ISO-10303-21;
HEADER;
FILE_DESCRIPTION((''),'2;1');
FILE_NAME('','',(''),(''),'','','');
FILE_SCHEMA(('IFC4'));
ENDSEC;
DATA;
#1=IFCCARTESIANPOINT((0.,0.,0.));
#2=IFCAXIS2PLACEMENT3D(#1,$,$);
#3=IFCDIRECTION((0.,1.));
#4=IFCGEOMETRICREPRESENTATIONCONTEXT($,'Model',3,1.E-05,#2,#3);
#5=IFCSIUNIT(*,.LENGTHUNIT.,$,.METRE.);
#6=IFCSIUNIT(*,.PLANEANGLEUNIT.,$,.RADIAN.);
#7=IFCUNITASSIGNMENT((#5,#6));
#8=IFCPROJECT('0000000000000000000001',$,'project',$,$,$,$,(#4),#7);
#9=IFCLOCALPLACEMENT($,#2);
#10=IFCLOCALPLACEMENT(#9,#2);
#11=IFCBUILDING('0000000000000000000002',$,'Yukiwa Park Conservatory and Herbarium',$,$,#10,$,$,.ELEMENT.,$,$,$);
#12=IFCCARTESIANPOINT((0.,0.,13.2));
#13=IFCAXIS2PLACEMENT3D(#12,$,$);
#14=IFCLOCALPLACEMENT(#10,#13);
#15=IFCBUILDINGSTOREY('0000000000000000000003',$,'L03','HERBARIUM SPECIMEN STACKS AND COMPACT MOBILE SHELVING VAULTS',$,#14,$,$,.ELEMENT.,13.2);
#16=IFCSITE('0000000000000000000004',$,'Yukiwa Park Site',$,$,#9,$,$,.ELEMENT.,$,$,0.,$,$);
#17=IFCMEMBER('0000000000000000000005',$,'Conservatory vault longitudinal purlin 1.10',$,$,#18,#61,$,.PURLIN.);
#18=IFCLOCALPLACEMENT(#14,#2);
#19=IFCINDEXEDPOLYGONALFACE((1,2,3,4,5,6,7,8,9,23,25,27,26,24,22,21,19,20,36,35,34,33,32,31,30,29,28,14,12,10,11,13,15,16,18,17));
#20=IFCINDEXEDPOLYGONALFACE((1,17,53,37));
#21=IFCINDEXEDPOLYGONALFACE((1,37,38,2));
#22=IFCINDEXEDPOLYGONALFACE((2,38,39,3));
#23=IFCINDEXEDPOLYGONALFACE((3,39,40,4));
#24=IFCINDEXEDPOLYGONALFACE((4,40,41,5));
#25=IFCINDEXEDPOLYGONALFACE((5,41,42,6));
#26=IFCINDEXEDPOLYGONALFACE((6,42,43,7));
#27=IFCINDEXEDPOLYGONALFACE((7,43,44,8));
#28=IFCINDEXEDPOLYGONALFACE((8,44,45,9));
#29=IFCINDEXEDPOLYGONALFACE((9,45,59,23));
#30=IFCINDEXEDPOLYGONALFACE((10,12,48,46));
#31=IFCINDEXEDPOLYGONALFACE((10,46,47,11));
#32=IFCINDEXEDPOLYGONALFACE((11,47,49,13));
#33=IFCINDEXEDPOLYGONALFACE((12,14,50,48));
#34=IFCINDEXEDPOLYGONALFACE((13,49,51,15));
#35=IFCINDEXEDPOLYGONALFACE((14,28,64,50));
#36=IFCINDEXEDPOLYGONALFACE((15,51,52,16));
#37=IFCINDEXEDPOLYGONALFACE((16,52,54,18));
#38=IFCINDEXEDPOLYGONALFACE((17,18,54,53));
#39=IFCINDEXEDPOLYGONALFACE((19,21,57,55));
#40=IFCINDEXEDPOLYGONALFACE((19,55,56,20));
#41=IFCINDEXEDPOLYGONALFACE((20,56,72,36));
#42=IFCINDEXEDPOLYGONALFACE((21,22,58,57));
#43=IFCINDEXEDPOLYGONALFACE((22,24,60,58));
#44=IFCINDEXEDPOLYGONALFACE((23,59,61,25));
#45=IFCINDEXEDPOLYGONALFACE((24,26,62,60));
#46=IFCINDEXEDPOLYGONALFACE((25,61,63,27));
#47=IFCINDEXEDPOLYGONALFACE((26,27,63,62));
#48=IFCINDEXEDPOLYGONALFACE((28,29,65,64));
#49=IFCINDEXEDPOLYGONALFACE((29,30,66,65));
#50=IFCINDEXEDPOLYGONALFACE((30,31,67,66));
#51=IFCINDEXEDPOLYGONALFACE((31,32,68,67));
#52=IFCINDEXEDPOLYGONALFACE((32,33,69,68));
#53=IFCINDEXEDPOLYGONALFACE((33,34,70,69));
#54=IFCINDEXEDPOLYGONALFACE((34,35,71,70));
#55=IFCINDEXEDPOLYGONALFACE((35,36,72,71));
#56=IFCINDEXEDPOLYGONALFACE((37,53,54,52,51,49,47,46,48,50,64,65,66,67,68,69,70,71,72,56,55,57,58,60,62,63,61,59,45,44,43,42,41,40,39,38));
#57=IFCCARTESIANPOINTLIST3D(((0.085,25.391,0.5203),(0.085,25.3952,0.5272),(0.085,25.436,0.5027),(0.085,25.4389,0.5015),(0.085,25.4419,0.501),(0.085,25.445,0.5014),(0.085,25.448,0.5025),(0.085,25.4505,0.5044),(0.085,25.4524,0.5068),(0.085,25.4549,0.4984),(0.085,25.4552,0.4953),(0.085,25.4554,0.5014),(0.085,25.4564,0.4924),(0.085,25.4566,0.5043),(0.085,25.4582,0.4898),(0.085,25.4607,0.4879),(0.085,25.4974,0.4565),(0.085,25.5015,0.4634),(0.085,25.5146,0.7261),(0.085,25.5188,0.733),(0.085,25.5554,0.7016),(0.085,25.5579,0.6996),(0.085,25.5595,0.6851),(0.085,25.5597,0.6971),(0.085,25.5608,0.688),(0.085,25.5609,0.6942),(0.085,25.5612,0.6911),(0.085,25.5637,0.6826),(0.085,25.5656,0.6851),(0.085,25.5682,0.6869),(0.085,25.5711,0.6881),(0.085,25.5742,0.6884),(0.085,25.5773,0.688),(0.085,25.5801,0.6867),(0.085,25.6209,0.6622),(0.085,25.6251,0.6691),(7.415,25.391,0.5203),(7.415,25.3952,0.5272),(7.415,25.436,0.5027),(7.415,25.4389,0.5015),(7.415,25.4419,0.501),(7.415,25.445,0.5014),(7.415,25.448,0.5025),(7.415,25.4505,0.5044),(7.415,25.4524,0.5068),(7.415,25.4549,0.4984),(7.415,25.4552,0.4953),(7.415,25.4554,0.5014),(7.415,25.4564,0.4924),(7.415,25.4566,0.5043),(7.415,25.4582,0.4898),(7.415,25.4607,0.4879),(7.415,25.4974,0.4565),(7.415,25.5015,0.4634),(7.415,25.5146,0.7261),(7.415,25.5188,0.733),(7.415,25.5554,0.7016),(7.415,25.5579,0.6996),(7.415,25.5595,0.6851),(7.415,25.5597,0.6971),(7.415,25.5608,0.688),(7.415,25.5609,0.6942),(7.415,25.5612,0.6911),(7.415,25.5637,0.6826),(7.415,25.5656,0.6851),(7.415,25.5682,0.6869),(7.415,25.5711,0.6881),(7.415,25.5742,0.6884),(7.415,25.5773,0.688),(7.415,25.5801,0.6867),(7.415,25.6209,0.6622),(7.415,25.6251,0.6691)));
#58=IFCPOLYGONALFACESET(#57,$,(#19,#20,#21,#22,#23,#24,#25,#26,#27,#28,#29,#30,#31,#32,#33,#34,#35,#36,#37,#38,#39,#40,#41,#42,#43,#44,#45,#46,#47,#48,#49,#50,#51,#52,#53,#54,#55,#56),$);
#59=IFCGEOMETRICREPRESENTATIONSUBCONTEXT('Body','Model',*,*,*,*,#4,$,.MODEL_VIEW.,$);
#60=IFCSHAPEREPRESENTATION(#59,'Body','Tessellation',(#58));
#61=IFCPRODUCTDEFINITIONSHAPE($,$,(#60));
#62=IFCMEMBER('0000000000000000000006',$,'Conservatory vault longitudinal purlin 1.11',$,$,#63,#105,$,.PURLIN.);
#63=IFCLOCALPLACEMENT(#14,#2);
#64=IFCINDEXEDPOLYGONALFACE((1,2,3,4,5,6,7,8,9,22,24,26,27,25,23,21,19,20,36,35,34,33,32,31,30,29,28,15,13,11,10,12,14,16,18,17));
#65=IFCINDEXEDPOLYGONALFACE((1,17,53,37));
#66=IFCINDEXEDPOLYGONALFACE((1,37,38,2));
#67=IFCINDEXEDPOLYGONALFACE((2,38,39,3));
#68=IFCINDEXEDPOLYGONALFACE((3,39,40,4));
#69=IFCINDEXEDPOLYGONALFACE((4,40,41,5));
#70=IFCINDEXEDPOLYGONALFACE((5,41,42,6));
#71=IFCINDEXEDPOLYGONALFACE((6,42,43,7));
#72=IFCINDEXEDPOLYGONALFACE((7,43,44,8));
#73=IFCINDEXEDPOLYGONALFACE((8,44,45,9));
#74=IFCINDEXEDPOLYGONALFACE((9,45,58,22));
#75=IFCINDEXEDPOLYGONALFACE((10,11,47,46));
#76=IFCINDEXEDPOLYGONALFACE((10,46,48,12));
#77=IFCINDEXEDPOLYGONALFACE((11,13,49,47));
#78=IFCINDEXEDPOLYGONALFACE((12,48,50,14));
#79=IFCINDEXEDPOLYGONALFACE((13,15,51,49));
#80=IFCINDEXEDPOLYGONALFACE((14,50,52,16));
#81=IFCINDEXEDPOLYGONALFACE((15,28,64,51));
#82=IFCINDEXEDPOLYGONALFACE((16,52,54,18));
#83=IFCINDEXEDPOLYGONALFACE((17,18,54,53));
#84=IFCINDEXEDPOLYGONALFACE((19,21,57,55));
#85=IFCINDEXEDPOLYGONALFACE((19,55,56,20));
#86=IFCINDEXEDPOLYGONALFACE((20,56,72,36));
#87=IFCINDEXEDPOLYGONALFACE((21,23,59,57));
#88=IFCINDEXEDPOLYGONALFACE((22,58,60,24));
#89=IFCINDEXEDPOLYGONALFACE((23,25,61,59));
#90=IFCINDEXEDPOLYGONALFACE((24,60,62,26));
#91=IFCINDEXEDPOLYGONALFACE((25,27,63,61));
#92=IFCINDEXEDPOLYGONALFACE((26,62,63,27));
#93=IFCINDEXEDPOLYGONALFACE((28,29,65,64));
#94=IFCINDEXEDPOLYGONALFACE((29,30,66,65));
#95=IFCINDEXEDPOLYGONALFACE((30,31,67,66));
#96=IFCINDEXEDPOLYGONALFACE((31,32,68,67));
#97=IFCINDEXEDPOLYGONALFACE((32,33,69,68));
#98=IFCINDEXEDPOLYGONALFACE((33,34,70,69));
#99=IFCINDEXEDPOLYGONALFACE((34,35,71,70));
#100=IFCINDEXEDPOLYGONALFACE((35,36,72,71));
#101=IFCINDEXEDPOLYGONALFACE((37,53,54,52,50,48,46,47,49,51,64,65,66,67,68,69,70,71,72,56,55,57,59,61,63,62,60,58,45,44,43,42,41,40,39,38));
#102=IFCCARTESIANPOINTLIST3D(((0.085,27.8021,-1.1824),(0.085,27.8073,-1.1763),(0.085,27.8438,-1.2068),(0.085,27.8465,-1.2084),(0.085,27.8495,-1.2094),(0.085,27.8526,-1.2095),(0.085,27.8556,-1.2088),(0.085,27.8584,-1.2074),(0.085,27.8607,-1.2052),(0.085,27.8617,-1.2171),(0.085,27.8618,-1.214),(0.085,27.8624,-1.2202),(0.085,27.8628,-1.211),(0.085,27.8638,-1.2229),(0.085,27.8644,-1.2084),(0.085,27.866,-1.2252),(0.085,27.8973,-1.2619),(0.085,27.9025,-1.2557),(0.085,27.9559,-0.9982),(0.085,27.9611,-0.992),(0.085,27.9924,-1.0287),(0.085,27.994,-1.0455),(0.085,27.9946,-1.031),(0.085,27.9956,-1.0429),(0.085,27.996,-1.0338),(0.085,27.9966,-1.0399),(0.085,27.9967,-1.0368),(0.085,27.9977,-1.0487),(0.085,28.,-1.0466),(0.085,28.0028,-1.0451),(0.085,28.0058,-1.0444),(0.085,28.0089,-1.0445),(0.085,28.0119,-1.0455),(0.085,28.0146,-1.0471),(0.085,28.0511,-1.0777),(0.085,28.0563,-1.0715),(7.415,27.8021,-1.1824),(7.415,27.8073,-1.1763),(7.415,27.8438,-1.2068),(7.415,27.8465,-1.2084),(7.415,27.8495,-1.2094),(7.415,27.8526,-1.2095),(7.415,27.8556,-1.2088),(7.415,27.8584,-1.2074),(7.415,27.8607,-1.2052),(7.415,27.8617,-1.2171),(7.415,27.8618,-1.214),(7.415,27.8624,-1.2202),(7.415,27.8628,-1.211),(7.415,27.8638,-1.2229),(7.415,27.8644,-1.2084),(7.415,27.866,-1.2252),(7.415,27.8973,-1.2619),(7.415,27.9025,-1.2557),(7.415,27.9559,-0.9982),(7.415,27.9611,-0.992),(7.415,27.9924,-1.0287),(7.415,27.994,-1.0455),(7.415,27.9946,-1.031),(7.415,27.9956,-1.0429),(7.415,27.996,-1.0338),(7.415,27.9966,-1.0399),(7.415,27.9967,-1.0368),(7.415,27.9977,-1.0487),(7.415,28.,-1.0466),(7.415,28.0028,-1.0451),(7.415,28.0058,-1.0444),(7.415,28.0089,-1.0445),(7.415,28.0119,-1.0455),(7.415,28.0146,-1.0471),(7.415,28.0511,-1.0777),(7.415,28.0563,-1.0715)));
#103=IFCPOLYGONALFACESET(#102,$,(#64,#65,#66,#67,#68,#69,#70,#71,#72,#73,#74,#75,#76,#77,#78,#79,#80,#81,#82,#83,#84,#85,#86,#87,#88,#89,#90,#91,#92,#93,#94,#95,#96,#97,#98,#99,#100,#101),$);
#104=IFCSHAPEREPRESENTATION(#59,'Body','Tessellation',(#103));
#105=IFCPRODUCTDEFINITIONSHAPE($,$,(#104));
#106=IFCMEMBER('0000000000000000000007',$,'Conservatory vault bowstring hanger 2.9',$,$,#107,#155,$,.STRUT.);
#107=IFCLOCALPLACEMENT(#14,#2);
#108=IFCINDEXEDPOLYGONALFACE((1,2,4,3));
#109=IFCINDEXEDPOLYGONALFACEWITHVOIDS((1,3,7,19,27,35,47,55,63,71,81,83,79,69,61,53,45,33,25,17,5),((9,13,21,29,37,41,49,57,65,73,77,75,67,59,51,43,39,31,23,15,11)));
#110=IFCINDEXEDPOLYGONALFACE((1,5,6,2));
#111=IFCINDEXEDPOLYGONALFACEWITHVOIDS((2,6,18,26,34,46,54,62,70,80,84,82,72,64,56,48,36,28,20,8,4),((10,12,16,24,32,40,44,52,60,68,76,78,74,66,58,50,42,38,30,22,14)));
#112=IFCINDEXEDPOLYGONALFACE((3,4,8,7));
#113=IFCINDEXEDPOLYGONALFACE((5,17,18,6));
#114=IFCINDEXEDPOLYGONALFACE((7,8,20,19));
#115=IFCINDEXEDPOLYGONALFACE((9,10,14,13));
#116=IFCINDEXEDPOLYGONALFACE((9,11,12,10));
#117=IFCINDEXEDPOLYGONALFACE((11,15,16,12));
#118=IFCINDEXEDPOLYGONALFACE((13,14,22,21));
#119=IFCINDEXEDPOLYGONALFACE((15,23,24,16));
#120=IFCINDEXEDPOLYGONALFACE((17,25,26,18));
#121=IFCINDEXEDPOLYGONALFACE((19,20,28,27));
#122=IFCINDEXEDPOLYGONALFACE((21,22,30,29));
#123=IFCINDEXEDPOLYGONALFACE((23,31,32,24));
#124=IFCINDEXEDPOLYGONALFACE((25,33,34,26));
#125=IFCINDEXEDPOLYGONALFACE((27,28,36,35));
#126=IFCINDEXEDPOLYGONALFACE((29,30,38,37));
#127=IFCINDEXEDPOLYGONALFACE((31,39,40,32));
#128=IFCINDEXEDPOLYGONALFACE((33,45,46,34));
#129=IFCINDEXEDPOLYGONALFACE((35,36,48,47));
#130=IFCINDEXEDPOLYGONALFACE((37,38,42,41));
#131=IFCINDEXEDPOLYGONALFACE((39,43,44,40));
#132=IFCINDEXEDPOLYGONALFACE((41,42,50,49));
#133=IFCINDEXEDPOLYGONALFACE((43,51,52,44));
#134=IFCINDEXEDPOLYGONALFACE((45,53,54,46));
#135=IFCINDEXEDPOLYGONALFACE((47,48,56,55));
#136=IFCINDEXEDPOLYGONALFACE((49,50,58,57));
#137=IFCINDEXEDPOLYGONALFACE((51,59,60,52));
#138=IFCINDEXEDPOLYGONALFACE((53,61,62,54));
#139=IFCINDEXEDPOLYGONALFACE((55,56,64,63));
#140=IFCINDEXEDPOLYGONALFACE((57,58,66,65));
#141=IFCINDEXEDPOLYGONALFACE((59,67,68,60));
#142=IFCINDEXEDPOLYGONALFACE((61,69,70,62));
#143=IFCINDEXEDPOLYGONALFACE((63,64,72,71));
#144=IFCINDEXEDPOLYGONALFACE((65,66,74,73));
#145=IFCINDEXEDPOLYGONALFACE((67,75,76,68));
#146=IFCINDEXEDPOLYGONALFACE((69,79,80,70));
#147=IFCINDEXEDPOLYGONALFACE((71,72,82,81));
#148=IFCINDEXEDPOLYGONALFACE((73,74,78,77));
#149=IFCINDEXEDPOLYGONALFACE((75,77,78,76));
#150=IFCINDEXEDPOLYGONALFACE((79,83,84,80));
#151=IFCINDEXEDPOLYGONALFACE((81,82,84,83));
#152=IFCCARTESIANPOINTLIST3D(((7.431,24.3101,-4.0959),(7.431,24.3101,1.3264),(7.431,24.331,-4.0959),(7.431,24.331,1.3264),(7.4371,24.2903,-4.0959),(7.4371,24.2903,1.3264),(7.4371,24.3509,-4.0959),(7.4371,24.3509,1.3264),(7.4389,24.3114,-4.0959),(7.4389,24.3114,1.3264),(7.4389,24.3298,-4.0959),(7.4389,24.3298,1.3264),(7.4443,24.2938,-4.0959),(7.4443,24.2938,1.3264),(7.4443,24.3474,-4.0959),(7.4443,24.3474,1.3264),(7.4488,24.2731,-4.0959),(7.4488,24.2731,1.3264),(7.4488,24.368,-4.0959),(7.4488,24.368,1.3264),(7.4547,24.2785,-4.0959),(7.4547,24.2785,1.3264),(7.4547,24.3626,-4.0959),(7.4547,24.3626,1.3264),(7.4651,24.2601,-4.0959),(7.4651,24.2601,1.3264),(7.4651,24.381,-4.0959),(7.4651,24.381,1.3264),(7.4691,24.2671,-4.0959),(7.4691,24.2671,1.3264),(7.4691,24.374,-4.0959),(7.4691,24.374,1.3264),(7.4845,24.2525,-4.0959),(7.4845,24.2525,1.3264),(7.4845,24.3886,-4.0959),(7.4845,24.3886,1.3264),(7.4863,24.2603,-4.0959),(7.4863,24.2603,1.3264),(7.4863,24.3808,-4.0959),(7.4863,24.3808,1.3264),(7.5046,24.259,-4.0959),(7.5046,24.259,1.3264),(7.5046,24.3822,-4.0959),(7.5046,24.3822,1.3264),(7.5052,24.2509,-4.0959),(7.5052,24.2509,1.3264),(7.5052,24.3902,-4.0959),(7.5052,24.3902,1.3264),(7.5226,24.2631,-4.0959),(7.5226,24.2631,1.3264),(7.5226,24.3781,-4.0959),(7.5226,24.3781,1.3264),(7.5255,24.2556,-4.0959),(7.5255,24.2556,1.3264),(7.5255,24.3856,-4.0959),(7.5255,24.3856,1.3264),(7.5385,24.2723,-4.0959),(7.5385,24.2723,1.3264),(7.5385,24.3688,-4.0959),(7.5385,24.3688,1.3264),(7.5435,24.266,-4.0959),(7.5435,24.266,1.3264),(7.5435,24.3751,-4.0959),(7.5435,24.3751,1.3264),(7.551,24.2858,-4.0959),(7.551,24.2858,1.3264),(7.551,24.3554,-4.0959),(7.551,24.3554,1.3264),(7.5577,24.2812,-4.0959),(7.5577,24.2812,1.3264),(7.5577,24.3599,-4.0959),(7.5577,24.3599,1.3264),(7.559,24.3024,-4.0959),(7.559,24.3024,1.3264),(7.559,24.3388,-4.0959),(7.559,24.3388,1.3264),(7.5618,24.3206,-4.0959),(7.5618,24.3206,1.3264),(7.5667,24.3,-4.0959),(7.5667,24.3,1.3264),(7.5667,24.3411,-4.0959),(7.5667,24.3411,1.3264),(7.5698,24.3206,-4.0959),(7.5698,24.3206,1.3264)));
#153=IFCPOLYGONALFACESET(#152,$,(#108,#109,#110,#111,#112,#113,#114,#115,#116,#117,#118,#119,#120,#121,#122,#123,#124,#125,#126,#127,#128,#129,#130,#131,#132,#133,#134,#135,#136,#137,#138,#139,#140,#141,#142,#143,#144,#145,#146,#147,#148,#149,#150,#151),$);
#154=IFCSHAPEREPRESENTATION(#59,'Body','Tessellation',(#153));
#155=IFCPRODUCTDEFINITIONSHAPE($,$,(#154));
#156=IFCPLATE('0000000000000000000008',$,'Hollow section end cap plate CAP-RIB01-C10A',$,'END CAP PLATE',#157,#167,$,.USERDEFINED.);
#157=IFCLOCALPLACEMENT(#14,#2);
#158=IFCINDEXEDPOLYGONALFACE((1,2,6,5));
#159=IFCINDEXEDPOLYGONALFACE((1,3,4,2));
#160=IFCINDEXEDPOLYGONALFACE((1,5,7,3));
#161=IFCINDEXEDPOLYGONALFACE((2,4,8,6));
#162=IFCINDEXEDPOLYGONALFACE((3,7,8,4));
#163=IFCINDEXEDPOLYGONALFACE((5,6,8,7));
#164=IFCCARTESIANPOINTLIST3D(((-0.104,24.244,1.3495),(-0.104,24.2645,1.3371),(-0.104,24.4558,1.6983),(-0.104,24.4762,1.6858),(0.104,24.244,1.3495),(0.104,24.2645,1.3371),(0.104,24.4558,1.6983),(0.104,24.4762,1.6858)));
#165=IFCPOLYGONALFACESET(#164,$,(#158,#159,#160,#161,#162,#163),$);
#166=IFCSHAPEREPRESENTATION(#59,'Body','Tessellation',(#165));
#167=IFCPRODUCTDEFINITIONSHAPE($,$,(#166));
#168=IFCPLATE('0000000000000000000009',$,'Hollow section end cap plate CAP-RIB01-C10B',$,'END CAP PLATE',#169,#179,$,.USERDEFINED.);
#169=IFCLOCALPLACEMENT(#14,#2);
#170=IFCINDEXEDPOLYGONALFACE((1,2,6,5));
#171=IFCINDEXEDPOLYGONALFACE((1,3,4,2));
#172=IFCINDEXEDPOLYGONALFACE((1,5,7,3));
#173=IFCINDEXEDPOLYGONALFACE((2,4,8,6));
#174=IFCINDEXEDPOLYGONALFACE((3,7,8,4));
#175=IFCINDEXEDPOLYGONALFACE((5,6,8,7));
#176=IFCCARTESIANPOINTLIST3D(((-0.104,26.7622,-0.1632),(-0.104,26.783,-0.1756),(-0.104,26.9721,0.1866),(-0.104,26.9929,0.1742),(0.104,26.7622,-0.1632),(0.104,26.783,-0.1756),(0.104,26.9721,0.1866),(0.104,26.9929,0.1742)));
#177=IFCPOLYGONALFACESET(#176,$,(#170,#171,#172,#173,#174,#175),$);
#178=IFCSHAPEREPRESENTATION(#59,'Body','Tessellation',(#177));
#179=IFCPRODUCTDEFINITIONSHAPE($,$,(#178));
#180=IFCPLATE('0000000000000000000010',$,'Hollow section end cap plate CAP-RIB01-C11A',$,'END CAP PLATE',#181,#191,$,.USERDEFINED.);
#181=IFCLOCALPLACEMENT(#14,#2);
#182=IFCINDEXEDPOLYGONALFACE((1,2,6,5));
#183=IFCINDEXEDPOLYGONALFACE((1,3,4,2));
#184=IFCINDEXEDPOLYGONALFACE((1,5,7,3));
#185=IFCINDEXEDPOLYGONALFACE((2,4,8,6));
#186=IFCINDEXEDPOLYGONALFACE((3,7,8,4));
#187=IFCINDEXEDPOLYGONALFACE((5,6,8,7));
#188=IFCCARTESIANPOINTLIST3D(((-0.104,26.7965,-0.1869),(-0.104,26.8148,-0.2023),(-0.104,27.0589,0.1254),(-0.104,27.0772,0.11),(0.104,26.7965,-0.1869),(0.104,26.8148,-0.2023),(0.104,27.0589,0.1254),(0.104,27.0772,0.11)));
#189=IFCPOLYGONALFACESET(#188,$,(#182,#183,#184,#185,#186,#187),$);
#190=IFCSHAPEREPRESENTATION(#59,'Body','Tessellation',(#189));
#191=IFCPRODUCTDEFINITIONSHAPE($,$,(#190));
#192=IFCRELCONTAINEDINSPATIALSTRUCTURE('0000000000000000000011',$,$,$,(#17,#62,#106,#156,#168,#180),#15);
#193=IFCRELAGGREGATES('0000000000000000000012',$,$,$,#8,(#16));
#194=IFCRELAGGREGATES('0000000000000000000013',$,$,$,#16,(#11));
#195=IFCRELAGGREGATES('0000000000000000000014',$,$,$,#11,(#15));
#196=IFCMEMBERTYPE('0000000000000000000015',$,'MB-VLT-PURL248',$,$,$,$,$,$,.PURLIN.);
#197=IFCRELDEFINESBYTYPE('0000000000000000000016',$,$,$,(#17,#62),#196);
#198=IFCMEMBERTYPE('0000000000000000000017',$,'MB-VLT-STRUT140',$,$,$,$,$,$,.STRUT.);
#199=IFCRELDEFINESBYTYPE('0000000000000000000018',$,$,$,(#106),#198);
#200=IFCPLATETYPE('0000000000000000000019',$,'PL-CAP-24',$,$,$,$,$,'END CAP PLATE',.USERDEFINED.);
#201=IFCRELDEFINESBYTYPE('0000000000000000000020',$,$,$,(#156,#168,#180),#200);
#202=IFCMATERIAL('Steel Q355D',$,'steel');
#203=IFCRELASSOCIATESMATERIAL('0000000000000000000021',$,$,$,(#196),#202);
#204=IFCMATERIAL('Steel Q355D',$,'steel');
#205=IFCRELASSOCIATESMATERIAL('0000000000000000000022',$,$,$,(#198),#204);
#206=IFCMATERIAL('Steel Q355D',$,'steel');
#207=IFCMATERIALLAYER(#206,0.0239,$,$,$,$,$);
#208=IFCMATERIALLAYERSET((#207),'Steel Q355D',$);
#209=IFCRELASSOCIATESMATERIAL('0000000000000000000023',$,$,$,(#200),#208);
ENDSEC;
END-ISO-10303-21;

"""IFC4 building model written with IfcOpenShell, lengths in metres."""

from ifc_helpers import new_model, si_unit, direction, frame, origin, origin_2d, place, context, subcontext, project, spatial, rectangle, hollow_circle, i_section, extrude, material, layer, layer_set, material_profile, profile_set, type_object, element, save


model = new_model("IFC4")

# Units and contexts
model_context = context("Model", 3, precision=1e-05, world=origin(), true_north=direction((0.0, 1.0)))
body_context = subcontext(model_context, "Body", "Model", "MODEL_VIEW")
ifc_project = project(units=[si_unit("LENGTHUNIT", "METRE"), si_unit("PLANEANGLEUNIT", "RADIAN")], contexts=[model_context])

# Site, building, storey
site_placement = place(None, origin())
site = spatial("IfcSite", under=ifc_project, at=site_placement, Name="Yukiwa Park Site", CompositionType="ELEMENT", RefElevation=0.0)
building_placement = place(site_placement, origin())
building = spatial("IfcBuilding", under=site, at=building_placement, Name="Yukiwa Park Conservatory and Herbarium", CompositionType="ELEMENT")
storey_placement = place(building_placement, frame((0.0, 0.0, 13.2)))
storey = spatial("IfcBuildingStorey", under=building, at=storey_placement, Name="L03", Description="HERBARIUM SPECIMEN STACKS AND COMPACT MOBILE SHELVING VAULTS", CompositionType="ELEMENT", Elevation=13.2)

# Members
ifc_material_1 = material(Name="Steel Q355D", Category="steel")
ifc_material_profile_1 = material_profile(ifc_material_1, i_section(OverallWidth=0.124, OverallDepth=0.248, WebThickness=0.0049, FlangeThickness=0.0081, FilletRadius=0.012, at=origin_2d()), Name="HN 248x124x5x8")
ifc_profile_set_1 = profile_set([ifc_material_profile_1], Name="Steel Q355D")
member_type_1 = type_object("IfcMemberType", Name="MB-VLT-PURL248", PredefinedType="PURLIN", material=ifc_profile_set_1)
for number, where, z_axis, x_axis, name in (
    (1, (0.085, 25.5081, 0.5947), (1.0, 0.0, 0.0), (0.0, 0.857234, -0.514927), "Conservatory vault longitudinal purlin 1.10"),
    (2, (0.085, 27.9292, -1.127), (1.0, 0.0, 0.0), (0.0, 0.767751, -0.640748), "Conservatory vault longitudinal purlin 1.11"),
):
    element("IfcMember", number, at=place(storey_placement, frame(where, z_axis=z_axis, x_axis=x_axis)), inside=storey, type_object=member_type_1, Name=name, PredefinedType="PURLIN", context=body_context, shape_type="SweptSolid", body=[
        extrude(i_section(OverallWidth=0.124, OverallDepth=0.248, WebThickness=0.0049, FlangeThickness=0.0081, FilletRadius=0.012, at=origin_2d()), origin(), (0.0, 0.0, 1.0), 7.3301),
    ])
ifc_material_2 = material(Name="Steel Q355D", Category="steel")
ifc_material_profile_2 = material_profile(ifc_material_2, hollow_circle(Radius=0.0698, WallThickness=0.0081, at=origin_2d()), Name="CHS 139.7x8")
ifc_profile_set_2 = profile_set([ifc_material_profile_2], Name="Steel Q355D")
member_type_2 = type_object("IfcMemberType", Name="MB-VLT-STRUT140", PredefinedType="STRUT", material=ifc_profile_set_2)
member_placement = place(storey_placement, frame((7.5, 24.3206, -4.0959), z_axis=(0.0, 0.0, 1.0), x_axis=(1.0, 0.0, 0.0)))
element("IfcMember", 3, at=member_placement, inside=storey, type_object=member_type_2, Name="Conservatory vault bowstring hanger 2.9", PredefinedType="STRUT", context=body_context, shape_type="SweptSolid", body=[
    extrude(hollow_circle(Radius=0.0698, WallThickness=0.0081, at=origin_2d()), origin(), (0.0, 0.0, 1.0), 5.4224),
])

# Plates
ifc_material_3 = material(Name="Steel Q355D", Category="steel")
ifc_layer_1 = layer(ifc_material_3, 0.0239)
ifc_layer_set_1 = layer_set([ifc_layer_1], Name="Steel Q355D")
plate_type_1 = type_object("IfcPlateType", Name="PL-CAP-24", ElementType="END CAP PLATE", PredefinedType="USERDEFINED", material=ifc_layer_set_1)
plate_1_placement = place(storey_placement, frame((0.0, 24.3704, 1.5115), z_axis=(0.0, -0.854788, 0.518978), x_axis=(1.0, 0.0, 0.0)))
element("IfcPlate", 4, at=plate_1_placement, inside=storey, type_object=plate_type_1, Name="Hollow section end cap plate CAP-RIB01-C10A", ObjectType="END CAP PLATE", PredefinedType="USERDEFINED", context=body_context, shape_type="SweptSolid", body=[
    extrude(rectangle(XDim=0.208, YDim=0.408, at=origin_2d()), origin(), (0.0, 0.0, 1.0), 0.0239),
])
plate_2_placement = place(storey_placement, frame((0.0, 26.8672, 0.0117), z_axis=(0.0, 0.857493, -0.514496), x_axis=(-1.0, 0.0, 0.0)))
element("IfcPlate", 5, at=plate_2_placement, inside=storey, type_object=plate_type_1, Name="Hollow section end cap plate CAP-RIB01-C10B", ObjectType="END CAP PLATE", PredefinedType="USERDEFINED", context=body_context, shape_type="SweptSolid", body=[
    extrude(rectangle(XDim=0.208, YDim=0.408, at=origin_2d()), origin(), (0.0, 0.0, 1.0), 0.0242),
])
for number, where, z_axis, x_axis, name in (
    (6, (0.0, 26.946, -0.0461), (0.0, -0.765705, 0.643192), (1.0, 0.0, 0.0), "Hollow section end cap plate CAP-RIB01-C11A"),
):
    element("IfcPlate", number, at=place(storey_placement, frame(where, z_axis=z_axis, x_axis=x_axis)), inside=storey, type_object=plate_type_1, Name=name, ObjectType="END CAP PLATE", PredefinedType="USERDEFINED", context=body_context, shape_type="SweptSolid", body=[
        extrude(rectangle(XDim=0.208, YDim=0.408, at=origin_2d()), origin(), (0.0, 0.0, 1.0), 0.0239),
    ])

save(model, "model.ifc")
